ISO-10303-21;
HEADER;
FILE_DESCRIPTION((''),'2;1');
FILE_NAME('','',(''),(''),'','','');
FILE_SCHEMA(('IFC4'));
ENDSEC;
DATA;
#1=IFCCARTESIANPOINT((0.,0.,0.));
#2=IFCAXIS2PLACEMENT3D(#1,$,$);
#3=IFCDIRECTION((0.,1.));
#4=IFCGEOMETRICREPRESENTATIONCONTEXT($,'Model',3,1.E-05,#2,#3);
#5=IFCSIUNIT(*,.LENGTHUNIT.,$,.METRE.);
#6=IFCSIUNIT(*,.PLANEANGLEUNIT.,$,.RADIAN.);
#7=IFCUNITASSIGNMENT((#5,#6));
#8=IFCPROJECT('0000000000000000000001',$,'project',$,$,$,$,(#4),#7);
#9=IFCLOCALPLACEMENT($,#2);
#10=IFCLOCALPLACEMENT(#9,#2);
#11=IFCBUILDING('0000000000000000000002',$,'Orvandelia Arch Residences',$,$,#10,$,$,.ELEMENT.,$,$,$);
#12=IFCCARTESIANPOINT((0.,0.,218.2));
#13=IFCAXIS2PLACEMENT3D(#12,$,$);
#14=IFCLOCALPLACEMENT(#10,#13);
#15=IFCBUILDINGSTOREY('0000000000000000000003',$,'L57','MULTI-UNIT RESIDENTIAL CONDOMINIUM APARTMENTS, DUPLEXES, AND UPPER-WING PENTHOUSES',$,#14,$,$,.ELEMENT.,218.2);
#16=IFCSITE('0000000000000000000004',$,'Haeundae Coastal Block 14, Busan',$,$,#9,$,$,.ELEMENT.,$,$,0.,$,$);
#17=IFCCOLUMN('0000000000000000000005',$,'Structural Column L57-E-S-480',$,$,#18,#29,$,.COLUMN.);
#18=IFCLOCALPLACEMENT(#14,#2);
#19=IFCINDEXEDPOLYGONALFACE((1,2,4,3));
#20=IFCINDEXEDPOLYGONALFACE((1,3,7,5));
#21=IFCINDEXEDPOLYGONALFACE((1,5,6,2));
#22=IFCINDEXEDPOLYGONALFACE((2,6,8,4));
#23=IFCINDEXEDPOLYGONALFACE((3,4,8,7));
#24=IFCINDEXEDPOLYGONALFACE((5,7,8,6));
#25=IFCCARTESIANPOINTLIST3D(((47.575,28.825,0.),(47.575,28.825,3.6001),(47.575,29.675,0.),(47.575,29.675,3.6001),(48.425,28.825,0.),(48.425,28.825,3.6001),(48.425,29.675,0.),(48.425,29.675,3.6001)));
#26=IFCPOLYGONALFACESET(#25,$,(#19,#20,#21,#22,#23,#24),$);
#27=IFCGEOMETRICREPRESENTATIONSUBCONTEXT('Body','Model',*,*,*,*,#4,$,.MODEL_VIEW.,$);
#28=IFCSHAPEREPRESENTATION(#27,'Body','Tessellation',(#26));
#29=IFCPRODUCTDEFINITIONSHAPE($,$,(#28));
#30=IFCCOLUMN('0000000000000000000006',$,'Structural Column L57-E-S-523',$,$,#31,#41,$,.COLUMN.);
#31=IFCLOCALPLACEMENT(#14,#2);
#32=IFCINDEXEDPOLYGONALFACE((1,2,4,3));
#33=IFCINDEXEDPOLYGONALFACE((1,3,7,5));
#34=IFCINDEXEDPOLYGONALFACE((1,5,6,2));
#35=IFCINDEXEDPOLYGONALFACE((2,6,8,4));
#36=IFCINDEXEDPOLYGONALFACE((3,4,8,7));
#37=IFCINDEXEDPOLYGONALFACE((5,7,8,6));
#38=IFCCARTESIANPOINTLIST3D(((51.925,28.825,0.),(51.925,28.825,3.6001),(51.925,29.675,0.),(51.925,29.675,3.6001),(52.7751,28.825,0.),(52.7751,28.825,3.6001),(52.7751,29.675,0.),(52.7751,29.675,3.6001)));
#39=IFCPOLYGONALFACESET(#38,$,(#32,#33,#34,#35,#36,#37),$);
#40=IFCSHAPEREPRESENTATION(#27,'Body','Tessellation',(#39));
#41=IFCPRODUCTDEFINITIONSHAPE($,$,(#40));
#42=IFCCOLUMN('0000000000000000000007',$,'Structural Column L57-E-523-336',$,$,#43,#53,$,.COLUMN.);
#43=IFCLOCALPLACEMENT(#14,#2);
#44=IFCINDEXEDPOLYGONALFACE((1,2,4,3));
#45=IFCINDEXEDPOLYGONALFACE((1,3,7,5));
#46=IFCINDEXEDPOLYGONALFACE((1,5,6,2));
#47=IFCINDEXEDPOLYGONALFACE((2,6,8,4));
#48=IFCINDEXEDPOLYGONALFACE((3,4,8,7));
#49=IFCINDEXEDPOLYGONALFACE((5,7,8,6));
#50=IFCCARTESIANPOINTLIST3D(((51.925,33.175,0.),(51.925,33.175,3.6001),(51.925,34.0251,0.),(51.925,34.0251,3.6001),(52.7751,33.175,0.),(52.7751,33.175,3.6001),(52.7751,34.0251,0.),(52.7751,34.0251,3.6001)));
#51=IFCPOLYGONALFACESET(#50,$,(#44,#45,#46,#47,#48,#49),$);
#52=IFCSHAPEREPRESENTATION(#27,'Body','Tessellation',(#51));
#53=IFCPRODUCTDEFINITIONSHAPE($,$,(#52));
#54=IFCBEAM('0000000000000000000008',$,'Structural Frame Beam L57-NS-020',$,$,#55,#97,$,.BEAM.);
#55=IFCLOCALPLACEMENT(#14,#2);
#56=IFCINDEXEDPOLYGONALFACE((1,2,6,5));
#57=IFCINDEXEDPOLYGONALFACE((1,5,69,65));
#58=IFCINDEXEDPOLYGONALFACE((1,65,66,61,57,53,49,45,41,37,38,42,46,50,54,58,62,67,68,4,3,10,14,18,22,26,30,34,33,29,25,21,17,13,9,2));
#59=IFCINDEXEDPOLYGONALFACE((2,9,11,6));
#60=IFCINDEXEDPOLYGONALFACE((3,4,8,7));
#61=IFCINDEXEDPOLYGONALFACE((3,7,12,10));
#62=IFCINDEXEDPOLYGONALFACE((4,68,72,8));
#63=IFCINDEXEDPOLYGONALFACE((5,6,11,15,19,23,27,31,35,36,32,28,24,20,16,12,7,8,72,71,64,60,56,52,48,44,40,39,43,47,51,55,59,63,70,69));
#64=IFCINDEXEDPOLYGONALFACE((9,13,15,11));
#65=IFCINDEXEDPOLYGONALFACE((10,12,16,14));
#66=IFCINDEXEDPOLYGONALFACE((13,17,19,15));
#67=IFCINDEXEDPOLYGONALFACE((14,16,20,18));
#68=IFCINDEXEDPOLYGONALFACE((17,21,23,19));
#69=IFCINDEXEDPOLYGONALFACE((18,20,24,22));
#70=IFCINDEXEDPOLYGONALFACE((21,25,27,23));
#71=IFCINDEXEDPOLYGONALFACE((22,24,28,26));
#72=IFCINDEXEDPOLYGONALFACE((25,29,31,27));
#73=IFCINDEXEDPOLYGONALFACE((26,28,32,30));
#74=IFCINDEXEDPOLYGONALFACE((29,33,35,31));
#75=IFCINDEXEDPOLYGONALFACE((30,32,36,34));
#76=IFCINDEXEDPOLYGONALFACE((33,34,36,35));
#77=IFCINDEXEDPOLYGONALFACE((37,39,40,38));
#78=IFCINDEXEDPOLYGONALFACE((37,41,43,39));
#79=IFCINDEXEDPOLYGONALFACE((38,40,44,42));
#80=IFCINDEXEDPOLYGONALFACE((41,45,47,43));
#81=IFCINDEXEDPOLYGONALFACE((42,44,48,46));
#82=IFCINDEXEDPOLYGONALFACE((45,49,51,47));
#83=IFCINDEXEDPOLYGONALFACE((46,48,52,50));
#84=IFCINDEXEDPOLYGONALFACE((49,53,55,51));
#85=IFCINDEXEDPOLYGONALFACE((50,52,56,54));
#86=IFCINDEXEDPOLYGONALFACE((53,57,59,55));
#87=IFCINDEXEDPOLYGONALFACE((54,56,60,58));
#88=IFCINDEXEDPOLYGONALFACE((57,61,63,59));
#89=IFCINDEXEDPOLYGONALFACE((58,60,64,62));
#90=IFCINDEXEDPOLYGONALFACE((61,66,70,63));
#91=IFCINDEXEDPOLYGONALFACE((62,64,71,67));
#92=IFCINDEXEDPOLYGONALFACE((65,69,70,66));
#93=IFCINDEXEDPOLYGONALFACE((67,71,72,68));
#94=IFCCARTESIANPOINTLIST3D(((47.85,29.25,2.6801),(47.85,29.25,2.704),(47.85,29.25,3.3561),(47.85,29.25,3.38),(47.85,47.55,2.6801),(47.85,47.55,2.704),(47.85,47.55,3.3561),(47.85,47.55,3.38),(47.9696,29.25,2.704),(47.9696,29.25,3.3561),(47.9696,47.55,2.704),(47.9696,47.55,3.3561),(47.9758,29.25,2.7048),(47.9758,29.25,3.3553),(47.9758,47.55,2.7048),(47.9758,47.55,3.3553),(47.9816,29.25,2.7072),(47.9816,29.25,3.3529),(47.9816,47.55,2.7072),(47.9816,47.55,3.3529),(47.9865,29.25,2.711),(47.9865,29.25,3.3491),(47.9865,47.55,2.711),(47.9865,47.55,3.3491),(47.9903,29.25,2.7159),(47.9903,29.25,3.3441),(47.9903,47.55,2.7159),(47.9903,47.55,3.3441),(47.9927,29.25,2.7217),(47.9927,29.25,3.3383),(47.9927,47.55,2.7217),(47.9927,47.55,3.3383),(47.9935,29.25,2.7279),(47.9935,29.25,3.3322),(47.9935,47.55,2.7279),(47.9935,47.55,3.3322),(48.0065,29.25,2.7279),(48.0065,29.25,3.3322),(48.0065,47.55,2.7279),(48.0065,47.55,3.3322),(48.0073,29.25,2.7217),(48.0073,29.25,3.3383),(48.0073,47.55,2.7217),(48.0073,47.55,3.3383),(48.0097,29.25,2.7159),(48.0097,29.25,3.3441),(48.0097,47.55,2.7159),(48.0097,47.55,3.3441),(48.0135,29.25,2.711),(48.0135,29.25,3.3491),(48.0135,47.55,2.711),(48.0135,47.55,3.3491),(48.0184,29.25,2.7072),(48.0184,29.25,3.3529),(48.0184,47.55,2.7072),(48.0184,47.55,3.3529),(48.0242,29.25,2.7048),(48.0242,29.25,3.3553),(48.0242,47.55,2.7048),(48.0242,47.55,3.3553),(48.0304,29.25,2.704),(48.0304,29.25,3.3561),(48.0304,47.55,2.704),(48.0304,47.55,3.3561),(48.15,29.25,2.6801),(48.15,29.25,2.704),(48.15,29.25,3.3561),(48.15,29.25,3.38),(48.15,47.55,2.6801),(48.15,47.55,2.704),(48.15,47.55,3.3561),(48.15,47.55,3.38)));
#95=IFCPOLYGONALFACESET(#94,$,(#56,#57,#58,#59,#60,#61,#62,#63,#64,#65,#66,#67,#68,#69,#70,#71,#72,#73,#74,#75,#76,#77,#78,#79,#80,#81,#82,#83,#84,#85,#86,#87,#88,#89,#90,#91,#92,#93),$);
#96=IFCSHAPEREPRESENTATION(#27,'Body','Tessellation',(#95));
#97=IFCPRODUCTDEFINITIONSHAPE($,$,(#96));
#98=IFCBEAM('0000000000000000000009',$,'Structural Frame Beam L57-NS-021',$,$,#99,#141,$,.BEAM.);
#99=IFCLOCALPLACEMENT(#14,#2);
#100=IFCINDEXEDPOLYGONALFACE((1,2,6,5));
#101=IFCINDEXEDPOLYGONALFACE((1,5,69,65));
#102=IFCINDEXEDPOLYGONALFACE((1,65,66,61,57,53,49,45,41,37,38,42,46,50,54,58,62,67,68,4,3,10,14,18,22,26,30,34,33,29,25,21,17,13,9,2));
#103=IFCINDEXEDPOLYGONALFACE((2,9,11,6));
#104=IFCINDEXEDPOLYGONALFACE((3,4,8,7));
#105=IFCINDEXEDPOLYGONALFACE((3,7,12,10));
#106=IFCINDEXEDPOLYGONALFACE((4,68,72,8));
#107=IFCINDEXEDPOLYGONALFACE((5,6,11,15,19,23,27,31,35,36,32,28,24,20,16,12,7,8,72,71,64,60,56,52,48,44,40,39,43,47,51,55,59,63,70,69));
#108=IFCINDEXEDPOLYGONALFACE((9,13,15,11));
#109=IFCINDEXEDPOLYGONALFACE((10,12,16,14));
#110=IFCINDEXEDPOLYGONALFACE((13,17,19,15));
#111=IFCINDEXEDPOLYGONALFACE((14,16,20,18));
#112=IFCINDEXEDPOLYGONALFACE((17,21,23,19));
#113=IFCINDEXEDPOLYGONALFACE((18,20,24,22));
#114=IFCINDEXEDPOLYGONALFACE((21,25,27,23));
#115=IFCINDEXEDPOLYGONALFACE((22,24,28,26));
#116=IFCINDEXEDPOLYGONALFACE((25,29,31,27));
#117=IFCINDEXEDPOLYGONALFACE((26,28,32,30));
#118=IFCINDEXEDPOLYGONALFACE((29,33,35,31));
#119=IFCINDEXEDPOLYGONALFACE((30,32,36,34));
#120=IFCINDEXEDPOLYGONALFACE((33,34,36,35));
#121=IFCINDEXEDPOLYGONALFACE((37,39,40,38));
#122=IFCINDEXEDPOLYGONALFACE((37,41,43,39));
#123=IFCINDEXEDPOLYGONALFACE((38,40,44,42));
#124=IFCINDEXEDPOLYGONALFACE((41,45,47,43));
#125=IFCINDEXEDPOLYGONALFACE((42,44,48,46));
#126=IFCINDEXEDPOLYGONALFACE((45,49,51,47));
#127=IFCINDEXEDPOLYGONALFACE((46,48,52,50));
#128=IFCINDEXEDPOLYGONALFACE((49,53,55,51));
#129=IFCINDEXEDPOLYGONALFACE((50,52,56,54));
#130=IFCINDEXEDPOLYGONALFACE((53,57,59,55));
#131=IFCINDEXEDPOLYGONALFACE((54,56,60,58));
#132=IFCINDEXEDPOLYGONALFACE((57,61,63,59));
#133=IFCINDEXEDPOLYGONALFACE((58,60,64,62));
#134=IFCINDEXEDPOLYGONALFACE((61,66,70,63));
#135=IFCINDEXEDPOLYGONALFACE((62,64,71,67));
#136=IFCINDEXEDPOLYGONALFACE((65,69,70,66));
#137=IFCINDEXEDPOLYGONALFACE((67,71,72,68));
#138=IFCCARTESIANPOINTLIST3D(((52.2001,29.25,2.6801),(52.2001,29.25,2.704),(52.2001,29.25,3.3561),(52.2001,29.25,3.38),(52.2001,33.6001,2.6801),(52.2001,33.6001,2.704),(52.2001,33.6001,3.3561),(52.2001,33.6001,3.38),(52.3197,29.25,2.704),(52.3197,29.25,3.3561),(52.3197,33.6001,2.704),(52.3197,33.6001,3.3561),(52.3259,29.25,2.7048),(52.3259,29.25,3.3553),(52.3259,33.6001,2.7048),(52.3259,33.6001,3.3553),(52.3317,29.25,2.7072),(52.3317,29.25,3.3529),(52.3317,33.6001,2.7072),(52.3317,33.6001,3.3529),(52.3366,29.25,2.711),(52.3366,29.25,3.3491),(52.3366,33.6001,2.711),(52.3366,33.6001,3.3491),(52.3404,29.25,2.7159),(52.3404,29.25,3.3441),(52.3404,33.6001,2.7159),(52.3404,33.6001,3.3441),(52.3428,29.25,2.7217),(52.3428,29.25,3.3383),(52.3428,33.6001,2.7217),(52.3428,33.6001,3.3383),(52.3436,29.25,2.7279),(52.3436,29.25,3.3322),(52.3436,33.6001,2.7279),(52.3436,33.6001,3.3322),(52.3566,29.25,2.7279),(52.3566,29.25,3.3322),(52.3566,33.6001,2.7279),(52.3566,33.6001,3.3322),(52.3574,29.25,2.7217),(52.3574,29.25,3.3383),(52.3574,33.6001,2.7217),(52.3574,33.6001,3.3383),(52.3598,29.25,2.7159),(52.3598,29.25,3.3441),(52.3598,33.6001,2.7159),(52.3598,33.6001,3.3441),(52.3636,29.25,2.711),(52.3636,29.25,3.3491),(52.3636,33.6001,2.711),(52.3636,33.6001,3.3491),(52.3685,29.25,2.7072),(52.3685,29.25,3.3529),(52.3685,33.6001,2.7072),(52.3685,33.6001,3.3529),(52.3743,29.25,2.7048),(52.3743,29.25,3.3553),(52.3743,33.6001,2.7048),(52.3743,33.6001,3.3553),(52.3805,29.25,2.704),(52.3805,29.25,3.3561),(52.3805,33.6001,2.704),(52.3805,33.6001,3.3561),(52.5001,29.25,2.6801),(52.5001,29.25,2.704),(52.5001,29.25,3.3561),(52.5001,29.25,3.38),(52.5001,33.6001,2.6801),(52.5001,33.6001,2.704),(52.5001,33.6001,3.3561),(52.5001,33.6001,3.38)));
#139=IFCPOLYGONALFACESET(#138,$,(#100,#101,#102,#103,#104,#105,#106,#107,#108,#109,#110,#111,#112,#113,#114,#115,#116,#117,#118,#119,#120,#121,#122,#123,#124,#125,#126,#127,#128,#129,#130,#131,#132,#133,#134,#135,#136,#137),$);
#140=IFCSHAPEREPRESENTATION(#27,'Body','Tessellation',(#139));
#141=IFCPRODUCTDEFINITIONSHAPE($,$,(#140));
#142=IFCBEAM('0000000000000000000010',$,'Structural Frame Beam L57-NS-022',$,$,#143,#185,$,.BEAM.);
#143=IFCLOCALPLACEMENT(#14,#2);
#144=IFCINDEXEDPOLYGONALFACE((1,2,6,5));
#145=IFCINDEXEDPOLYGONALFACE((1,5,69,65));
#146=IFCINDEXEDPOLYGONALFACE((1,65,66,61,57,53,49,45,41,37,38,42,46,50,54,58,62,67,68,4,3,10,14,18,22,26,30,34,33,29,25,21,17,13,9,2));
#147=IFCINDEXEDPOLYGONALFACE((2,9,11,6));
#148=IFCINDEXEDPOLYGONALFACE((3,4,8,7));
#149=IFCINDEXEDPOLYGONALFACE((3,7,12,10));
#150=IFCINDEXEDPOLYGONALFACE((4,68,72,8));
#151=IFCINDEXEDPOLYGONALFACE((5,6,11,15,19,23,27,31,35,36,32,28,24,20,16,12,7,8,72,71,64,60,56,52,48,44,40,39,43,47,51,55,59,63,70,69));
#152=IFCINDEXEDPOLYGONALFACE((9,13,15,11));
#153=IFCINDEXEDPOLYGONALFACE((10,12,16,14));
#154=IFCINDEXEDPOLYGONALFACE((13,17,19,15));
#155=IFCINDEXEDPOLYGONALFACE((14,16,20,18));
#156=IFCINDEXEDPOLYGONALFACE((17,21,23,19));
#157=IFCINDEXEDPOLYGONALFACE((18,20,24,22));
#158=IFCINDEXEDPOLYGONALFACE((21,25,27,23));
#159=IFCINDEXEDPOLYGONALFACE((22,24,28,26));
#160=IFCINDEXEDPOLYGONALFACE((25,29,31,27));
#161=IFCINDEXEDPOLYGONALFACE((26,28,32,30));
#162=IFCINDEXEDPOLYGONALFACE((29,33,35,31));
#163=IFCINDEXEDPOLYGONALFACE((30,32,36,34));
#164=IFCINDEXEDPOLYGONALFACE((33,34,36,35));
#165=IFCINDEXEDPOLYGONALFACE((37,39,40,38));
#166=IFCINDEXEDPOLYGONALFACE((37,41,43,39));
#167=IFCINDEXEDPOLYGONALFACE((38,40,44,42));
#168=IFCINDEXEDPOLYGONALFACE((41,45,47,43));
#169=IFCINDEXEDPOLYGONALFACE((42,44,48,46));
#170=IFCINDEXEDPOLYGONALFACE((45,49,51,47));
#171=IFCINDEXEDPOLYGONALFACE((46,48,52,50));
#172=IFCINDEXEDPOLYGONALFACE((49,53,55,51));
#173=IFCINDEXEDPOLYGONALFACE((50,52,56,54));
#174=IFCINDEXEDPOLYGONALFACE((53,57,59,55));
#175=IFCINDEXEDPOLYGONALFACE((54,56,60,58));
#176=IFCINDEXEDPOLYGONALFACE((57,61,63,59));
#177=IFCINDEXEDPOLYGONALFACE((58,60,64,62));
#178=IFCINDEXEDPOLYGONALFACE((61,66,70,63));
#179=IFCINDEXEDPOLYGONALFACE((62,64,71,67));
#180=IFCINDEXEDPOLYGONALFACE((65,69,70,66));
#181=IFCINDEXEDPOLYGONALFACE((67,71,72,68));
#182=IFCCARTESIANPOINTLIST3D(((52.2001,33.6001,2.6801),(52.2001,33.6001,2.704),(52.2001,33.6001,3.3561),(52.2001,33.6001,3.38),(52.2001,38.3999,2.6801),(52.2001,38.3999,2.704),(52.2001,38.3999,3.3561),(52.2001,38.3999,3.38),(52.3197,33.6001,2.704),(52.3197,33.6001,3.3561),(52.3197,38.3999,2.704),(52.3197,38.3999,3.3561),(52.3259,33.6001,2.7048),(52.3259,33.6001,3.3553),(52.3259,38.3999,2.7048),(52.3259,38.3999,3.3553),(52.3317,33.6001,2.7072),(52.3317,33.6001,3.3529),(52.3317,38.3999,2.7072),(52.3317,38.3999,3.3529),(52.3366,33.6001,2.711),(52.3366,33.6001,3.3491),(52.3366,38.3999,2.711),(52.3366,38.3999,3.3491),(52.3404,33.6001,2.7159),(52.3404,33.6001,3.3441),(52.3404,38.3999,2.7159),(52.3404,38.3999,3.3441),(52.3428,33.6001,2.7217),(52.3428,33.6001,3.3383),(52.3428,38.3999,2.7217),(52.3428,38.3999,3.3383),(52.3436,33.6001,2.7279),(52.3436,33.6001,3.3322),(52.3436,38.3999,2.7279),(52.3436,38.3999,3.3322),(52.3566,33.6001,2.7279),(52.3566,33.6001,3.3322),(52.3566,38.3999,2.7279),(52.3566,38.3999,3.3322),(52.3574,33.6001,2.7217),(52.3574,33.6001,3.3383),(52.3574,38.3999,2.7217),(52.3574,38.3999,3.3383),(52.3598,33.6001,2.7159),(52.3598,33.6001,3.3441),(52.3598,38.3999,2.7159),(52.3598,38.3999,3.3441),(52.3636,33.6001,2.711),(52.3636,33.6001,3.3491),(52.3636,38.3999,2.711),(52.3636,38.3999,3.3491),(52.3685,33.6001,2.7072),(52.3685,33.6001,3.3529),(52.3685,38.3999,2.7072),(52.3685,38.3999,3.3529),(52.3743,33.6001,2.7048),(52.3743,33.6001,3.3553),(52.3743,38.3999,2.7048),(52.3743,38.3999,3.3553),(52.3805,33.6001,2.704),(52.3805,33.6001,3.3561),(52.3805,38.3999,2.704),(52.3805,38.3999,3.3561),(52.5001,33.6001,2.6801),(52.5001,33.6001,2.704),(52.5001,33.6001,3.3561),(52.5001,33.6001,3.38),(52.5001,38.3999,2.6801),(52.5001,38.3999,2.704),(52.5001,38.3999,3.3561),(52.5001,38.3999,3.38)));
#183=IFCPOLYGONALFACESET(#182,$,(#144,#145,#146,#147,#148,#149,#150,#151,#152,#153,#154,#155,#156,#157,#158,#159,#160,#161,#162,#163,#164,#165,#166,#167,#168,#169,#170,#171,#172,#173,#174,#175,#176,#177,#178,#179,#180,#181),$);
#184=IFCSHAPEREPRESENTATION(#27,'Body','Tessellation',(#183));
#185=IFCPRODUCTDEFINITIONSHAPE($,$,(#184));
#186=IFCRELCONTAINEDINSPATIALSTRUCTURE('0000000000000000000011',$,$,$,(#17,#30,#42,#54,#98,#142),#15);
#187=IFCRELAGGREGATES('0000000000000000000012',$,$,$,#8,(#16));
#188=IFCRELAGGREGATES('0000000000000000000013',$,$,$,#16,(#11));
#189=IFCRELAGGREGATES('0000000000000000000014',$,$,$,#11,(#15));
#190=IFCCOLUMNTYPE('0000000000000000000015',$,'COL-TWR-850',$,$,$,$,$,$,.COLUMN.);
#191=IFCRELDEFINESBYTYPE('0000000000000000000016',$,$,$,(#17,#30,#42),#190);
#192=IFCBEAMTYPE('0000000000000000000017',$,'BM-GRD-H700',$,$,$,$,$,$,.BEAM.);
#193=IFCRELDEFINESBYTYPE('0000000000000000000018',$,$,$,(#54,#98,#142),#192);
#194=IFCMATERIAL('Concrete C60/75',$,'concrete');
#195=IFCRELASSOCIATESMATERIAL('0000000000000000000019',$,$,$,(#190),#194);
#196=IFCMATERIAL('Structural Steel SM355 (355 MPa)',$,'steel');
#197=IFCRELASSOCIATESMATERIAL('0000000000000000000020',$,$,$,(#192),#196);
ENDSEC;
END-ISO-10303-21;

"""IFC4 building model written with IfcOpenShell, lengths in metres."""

from ifc_helpers import new_model, si_unit, direction, frame, origin, origin_2d, place, context, subcontext, project, spatial, rectangle, i_section, extrude, material, material_profile, profile_set, type_object, element, save


model = new_model("IFC4")

# Units and contexts
model_context = context("Model", 3, precision=1e-05, world=origin(), true_north=direction((0.0, 1.0)))
body_context = subcontext(model_context, "Body", "Model", "MODEL_VIEW")
ifc_project = project(units=[si_unit("LENGTHUNIT", "METRE"), si_unit("PLANEANGLEUNIT", "RADIAN")], contexts=[model_context])

# Site, building, storey
site_placement = place(None, origin())
site = spatial("IfcSite", under=ifc_project, at=site_placement, Name="Haeundae Coastal Block 14, Busan", CompositionType="ELEMENT", RefElevation=0.0)
building_placement = place(site_placement, origin())
building = spatial("IfcBuilding", under=site, at=building_placement, Name="Orvandelia Arch Residences", CompositionType="ELEMENT")
storey_placement = place(building_placement, frame((0.0, 0.0, 218.2)))
storey = spatial("IfcBuildingStorey", under=building, at=storey_placement, Name="L57", Description="MULTI-UNIT RESIDENTIAL CONDOMINIUM APARTMENTS, DUPLEXES, AND UPPER-WING PENTHOUSES", CompositionType="ELEMENT", Elevation=218.2)

# Columns
ifc_material_1 = material(Name="Concrete C60/75", Category="concrete")
ifc_material_profile_1 = material_profile(ifc_material_1, rectangle(XDim=0.8501, YDim=0.8501, at=origin_2d()), Name="Concrete C60/75", Category="concrete")
ifc_profile_set_1 = profile_set([ifc_material_profile_1], Name="Concrete C60/75")
column_type = type_object("IfcColumnType", Name="COL-TWR-850", PredefinedType="COLUMN", material=ifc_profile_set_1)
for number, where, z_axis, x_axis, name in (
    (1, (48.0, 29.25, 0.0), (0.0, 0.0, 1.0), (1.0, 0.0, 0.0), "Structural Column L57-E-S-480"),
    (2, (52.3501, 29.25, 0.0), (0.0, 0.0, 1.0), (1.0, 0.0, 0.0), "Structural Column L57-E-S-523"),
    (3, (52.3501, 33.6001, 0.0), (0.0, 0.0, 1.0), (1.0, 0.0, 0.0), "Structural Column L57-E-523-336"),
):
    element("IfcColumn", number, at=place(storey_placement, frame(where, z_axis=z_axis, x_axis=x_axis)), inside=storey, type_object=column_type, Name=name, PredefinedType="COLUMN", context=body_context, shape_type="SweptSolid", body=[
        extrude(rectangle(XDim=0.8501, YDim=0.8501, at=origin_2d()), origin(), (0.0, 0.0, 1.0), 3.6001),
    ])

# Beams
ifc_material_2 = material(Name="Structural Steel SM355 (355 MPa)", Category="steel")
ifc_material_profile_2 = material_profile(ifc_material_2, i_section(OverallWidth=0.3, OverallDepth=0.7, WebThickness=0.0129, FlangeThickness=0.0239, FilletRadius=0.0239, at=origin_2d()), Name="Structural Steel SM355 (355 MPa)", Category="steel")
ifc_profile_set_2 = profile_set([ifc_material_profile_2], Name="Structural Steel SM355 (355 MPa)")
beam_type = type_object("IfcBeamType", Name="BM-GRD-H700", PredefinedType="BEAM", material=ifc_profile_set_2)
beam_1_placement = place(storey_placement, frame((48.0, 29.25, 3.03), z_axis=(0.0, 1.0, 0.0), x_axis=(-1.0, 0.0, 0.0)))
element("IfcBeam", 4, at=beam_1_placement, inside=storey, type_object=beam_type, Name="Structural Frame Beam L57-NS-020", PredefinedType="BEAM", context=body_context, shape_type="SweptSolid", body=[
    extrude(i_section(OverallWidth=0.3, OverallDepth=0.7, WebThickness=0.0129, FlangeThickness=0.0239, FilletRadius=0.0239, at=origin_2d()), origin(), (0.0, 0.0, 1.0), 18.3),
])
beam_2_placement = place(storey_placement, frame((52.3501, 29.25, 3.03), z_axis=(0.0, 1.0, 0.0), x_axis=(-1.0, 0.0, 0.0)))
element("IfcBeam", 5, at=beam_2_placement, inside=storey, type_object=beam_type, Name="Structural Frame Beam L57-NS-021", PredefinedType="BEAM", context=body_context, shape_type="SweptSolid", body=[
    extrude(i_section(OverallWidth=0.3, OverallDepth=0.7, WebThickness=0.0129, FlangeThickness=0.0239, FilletRadius=0.0239, at=origin_2d()), origin(), (0.0, 0.0, 1.0), 4.3501),
])
beam_3_placement = place(storey_placement, frame((52.3501, 33.6001, 3.03), z_axis=(0.0, 1.0, 0.0), x_axis=(-1.0, 0.0, 0.0)))
element("IfcBeam", 6, at=beam_3_placement, inside=storey, type_object=beam_type, Name="Structural Frame Beam L57-NS-022", PredefinedType="BEAM", context=body_context, shape_type="SweptSolid", body=[
    extrude(i_section(OverallWidth=0.3, OverallDepth=0.7, WebThickness=0.0129, FlangeThickness=0.0239, FilletRadius=0.0239, at=origin_2d()), origin(), (0.0, 0.0, 1.0), 4.7998),
])

save(model, "model.ifc")
